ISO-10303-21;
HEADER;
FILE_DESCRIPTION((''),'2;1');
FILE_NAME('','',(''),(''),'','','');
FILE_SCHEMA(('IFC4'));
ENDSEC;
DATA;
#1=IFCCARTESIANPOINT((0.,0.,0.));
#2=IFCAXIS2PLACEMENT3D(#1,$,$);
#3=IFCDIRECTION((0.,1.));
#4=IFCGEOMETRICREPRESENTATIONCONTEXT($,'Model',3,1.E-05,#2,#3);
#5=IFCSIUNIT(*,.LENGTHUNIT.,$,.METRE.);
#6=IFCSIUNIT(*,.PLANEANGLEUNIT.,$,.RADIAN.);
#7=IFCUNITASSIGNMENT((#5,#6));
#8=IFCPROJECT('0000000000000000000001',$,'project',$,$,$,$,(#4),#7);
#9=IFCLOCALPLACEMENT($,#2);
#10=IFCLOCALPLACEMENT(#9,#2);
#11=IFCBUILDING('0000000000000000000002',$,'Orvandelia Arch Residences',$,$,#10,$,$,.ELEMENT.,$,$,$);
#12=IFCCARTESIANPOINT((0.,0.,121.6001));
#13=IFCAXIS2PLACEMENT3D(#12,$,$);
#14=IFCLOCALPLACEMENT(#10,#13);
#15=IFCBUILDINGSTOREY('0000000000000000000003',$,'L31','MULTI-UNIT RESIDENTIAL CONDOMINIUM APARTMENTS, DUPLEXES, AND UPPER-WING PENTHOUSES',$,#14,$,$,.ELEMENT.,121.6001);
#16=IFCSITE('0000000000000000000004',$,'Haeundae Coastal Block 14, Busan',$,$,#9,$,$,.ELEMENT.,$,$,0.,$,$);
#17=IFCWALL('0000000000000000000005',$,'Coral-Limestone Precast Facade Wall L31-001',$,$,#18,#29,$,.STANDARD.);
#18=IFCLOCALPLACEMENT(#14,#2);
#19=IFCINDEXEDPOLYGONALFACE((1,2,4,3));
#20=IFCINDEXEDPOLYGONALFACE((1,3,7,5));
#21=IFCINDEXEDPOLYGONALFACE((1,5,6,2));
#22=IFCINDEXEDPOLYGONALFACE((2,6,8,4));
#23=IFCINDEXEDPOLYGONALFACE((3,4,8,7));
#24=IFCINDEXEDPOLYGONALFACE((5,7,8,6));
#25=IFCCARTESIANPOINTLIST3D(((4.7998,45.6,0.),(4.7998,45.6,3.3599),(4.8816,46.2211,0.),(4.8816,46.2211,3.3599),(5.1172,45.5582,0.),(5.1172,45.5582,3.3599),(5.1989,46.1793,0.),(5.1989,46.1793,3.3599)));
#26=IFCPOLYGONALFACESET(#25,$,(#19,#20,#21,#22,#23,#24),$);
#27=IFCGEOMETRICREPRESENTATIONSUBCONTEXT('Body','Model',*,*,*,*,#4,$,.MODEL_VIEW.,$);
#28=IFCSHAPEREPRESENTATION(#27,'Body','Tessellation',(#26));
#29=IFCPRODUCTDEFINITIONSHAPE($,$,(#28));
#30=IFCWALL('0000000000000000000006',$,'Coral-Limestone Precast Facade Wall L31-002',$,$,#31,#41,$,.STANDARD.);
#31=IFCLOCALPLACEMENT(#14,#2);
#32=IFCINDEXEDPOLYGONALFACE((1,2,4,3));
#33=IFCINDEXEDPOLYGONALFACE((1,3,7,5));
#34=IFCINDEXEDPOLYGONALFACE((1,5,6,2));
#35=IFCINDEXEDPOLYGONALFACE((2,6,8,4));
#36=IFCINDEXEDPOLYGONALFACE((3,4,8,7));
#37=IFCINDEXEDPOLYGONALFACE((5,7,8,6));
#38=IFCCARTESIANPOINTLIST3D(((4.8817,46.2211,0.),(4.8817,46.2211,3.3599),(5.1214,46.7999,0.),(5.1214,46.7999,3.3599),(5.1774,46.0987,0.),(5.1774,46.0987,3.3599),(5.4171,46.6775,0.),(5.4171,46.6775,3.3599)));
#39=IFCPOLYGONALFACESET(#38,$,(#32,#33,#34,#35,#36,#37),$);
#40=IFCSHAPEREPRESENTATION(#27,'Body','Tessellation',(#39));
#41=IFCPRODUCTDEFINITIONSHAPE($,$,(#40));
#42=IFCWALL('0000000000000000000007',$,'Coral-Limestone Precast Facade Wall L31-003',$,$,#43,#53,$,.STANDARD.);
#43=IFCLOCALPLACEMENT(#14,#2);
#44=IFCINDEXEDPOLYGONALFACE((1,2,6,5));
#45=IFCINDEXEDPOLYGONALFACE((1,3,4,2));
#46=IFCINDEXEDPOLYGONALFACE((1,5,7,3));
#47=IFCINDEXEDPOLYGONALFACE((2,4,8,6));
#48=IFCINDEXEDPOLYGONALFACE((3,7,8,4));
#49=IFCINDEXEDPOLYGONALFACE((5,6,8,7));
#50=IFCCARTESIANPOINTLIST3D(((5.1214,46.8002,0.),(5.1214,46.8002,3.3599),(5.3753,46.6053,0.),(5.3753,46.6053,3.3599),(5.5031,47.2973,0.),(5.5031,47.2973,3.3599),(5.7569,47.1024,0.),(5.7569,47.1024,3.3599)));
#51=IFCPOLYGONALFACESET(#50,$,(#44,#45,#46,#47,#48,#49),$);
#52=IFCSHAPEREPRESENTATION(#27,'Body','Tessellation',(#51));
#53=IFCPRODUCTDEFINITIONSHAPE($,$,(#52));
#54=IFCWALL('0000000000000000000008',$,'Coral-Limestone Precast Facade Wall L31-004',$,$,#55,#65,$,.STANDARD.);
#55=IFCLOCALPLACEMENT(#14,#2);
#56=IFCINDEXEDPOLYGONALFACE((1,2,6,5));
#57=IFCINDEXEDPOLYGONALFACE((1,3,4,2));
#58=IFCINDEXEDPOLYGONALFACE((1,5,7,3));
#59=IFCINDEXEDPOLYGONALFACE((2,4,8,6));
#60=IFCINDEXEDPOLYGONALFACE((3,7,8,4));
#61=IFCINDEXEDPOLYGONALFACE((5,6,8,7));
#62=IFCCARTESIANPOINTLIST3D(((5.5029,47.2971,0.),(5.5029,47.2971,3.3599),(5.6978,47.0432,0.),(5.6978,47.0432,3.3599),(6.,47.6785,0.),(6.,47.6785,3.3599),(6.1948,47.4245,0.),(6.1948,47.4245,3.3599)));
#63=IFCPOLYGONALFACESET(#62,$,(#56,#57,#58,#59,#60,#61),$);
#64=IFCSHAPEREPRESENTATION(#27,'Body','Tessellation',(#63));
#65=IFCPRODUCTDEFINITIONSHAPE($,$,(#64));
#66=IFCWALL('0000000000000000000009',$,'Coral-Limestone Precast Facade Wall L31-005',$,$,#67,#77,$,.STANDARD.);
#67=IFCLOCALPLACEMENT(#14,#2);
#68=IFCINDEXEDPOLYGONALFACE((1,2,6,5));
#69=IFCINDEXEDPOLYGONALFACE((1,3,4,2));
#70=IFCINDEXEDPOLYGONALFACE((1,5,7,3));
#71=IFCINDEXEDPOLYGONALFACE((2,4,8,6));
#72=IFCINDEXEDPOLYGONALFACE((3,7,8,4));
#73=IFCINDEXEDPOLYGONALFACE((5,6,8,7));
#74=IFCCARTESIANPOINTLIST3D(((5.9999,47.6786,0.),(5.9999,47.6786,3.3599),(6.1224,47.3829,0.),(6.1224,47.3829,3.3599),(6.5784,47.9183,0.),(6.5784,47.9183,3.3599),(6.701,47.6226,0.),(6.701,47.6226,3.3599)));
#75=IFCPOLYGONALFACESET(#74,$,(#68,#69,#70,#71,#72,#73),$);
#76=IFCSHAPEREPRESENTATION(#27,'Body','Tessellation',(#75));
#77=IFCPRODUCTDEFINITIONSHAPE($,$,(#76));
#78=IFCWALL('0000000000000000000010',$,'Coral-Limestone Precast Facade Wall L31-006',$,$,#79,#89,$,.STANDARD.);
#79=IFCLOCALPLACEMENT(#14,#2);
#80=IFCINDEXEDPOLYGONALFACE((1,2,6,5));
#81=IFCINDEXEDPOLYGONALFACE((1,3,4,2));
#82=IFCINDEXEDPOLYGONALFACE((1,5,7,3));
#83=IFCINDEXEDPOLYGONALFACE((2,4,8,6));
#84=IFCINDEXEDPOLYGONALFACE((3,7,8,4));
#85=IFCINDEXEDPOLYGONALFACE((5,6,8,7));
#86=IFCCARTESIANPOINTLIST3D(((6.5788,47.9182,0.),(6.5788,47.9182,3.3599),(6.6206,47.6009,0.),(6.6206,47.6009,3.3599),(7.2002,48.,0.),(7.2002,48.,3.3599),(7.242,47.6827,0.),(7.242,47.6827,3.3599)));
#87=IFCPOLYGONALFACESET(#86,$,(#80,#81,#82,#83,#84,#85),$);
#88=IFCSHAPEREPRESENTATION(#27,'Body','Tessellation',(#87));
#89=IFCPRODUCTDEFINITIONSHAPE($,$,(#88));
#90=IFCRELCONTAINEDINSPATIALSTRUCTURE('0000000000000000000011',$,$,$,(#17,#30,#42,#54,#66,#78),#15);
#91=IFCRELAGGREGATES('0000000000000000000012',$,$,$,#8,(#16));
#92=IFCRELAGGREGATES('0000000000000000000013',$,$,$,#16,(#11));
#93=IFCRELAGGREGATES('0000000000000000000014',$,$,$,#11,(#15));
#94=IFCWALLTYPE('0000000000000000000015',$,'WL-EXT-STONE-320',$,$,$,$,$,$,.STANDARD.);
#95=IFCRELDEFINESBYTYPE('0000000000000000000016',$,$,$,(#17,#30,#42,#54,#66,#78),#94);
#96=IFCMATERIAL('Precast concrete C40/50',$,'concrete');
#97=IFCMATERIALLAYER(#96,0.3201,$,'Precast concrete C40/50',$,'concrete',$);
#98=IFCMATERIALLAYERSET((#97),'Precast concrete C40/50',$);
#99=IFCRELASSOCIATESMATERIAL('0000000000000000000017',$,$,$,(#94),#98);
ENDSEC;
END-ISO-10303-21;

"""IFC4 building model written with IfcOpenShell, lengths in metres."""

from ifc_helpers import new_model, si_unit, direction, frame, frame_2d, origin, place, context, subcontext, project, spatial, rectangle, extrude, material, layer, layer_set, type_object, element, save


model = new_model("IFC4")

# Units and contexts
model_context = context("Model", 3, precision=1e-05, world=origin(), true_north=direction((0.0, 1.0)))
body_context = subcontext(model_context, "Body", "Model", "MODEL_VIEW")
ifc_project = project(units=[si_unit("LENGTHUNIT", "METRE"), si_unit("PLANEANGLEUNIT", "RADIAN")], contexts=[model_context])

# Site, building, storey
site_placement = place(None, origin())
site = spatial("IfcSite", under=ifc_project, at=site_placement, Name="Haeundae Coastal Block 14, Busan", CompositionType="ELEMENT", RefElevation=0.0)
building_placement = place(site_placement, origin())
building = spatial("IfcBuilding", under=site, at=building_placement, Name="Orvandelia Arch Residences", CompositionType="ELEMENT")
storey_placement = place(building_placement, frame((0.0, 0.0, 121.6001)))
storey = spatial("IfcBuildingStorey", under=building, at=storey_placement, Name="L31", Description="MULTI-UNIT RESIDENTIAL CONDOMINIUM APARTMENTS, DUPLEXES, AND UPPER-WING PENTHOUSES", CompositionType="ELEMENT", Elevation=121.6001)

# Walls
ifc_material_1 = material(Name="Precast concrete C40/50", Category="concrete")
ifc_layer_1 = layer(ifc_material_1, 0.3201, Name="Precast concrete C40/50", Category="concrete")
ifc_layer_set_1 = layer_set([ifc_layer_1], Name="Precast concrete C40/50")
wall_type_1 = type_object("IfcWallType", Name="WL-EXT-STONE-320", PredefinedType="STANDARD", material=ifc_layer_set_1)
for number, where, z_axis, x_axis, name in (
    (1, (4.9585, 45.5791, 0.0), (0.0, 0.0, 1.0), (0.130555, 0.991441, 0.0), "Coral-Limestone Precast Facade Wall L31-001"),
    (2, (5.0295, 46.1599, 0.0), (0.0, 0.0, 1.0), (0.38265, 0.923893, 0.0), "Coral-Limestone Precast Facade Wall L31-002"),
):
    element("IfcWall", number, at=place(storey_placement, frame(where, z_axis=z_axis, x_axis=x_axis)), inside=storey, type_object=wall_type_1, Name=name, PredefinedType="STANDARD", context=body_context, shape_type="SweptSolid", body=[
        extrude(rectangle(XDim=0.6265, YDim=0.3201, at=frame_2d((0.3132, 0.0))), origin(), (0.0, 0.0, 1.0), 3.3599),
    ])
wall_1_placement = place(storey_placement, frame((5.2483, 46.7026, 0.0), z_axis=(0.0, 0.0, 1.0), x_axis=(0.608939, 0.793217, 0.0)))
element("IfcWall", 3, at=wall_1_placement, inside=storey, type_object=wall_type_1, Name="Coral-Limestone Precast Facade Wall L31-003", PredefinedType="STANDARD", context=body_context, shape_type="SweptSolid", body=[
    extrude(rectangle(XDim=0.6267, YDim=0.3201, at=frame_2d((0.3135, 0.0))), origin(), (0.0, 0.0, 1.0), 3.3599),
])
wall_2_placement = place(storey_placement, frame((5.6003, 47.1702, 0.0), z_axis=(0.0, 0.0, 1.0), x_axis=(0.793406, 0.608693, 0.0)))
element("IfcWall", 4, at=wall_2_placement, inside=storey, type_object=wall_type_1, Name="Coral-Limestone Precast Facade Wall L31-004", PredefinedType="STANDARD", context=body_context, shape_type="SweptSolid", body=[
    extrude(rectangle(XDim=0.6265, YDim=0.3201, at=frame_2d((0.3132, 0.0))), origin(), (0.0, 0.0, 1.0), 3.3599),
])
wall_3_placement = place(storey_placement, frame((6.0613, 47.5308, 0.0), z_axis=(0.0, 0.0, 1.0), x_axis=(0.923836, 0.382788, 0.0)))
element("IfcWall", 5, at=wall_3_placement, inside=storey, type_object=wall_type_1, Name="Coral-Limestone Precast Facade Wall L31-005", PredefinedType="STANDARD", context=body_context, shape_type="SweptSolid", body=[
    extrude(rectangle(XDim=0.6262, YDim=0.3201, at=frame_2d((0.313, 0.0))), origin(), (0.0, 0.0, 1.0), 3.3599),
])
wall_4_placement = place(storey_placement, frame((6.5996, 47.7595, 0.0), z_axis=(0.0, 0.0, 1.0), x_axis=(0.991448, 0.130505, 0.0)))
element("IfcWall", 6, at=wall_4_placement, inside=storey, type_object=wall_type_1, Name="Coral-Limestone Precast Facade Wall L31-006", PredefinedType="STANDARD", context=body_context, shape_type="SweptSolid", body=[
    extrude(rectangle(XDim=0.6267, YDim=0.3201, at=frame_2d((0.3135, 0.0))), origin(), (0.0, 0.0, 1.0), 3.3599),
])

save(model, "model.ifc")
